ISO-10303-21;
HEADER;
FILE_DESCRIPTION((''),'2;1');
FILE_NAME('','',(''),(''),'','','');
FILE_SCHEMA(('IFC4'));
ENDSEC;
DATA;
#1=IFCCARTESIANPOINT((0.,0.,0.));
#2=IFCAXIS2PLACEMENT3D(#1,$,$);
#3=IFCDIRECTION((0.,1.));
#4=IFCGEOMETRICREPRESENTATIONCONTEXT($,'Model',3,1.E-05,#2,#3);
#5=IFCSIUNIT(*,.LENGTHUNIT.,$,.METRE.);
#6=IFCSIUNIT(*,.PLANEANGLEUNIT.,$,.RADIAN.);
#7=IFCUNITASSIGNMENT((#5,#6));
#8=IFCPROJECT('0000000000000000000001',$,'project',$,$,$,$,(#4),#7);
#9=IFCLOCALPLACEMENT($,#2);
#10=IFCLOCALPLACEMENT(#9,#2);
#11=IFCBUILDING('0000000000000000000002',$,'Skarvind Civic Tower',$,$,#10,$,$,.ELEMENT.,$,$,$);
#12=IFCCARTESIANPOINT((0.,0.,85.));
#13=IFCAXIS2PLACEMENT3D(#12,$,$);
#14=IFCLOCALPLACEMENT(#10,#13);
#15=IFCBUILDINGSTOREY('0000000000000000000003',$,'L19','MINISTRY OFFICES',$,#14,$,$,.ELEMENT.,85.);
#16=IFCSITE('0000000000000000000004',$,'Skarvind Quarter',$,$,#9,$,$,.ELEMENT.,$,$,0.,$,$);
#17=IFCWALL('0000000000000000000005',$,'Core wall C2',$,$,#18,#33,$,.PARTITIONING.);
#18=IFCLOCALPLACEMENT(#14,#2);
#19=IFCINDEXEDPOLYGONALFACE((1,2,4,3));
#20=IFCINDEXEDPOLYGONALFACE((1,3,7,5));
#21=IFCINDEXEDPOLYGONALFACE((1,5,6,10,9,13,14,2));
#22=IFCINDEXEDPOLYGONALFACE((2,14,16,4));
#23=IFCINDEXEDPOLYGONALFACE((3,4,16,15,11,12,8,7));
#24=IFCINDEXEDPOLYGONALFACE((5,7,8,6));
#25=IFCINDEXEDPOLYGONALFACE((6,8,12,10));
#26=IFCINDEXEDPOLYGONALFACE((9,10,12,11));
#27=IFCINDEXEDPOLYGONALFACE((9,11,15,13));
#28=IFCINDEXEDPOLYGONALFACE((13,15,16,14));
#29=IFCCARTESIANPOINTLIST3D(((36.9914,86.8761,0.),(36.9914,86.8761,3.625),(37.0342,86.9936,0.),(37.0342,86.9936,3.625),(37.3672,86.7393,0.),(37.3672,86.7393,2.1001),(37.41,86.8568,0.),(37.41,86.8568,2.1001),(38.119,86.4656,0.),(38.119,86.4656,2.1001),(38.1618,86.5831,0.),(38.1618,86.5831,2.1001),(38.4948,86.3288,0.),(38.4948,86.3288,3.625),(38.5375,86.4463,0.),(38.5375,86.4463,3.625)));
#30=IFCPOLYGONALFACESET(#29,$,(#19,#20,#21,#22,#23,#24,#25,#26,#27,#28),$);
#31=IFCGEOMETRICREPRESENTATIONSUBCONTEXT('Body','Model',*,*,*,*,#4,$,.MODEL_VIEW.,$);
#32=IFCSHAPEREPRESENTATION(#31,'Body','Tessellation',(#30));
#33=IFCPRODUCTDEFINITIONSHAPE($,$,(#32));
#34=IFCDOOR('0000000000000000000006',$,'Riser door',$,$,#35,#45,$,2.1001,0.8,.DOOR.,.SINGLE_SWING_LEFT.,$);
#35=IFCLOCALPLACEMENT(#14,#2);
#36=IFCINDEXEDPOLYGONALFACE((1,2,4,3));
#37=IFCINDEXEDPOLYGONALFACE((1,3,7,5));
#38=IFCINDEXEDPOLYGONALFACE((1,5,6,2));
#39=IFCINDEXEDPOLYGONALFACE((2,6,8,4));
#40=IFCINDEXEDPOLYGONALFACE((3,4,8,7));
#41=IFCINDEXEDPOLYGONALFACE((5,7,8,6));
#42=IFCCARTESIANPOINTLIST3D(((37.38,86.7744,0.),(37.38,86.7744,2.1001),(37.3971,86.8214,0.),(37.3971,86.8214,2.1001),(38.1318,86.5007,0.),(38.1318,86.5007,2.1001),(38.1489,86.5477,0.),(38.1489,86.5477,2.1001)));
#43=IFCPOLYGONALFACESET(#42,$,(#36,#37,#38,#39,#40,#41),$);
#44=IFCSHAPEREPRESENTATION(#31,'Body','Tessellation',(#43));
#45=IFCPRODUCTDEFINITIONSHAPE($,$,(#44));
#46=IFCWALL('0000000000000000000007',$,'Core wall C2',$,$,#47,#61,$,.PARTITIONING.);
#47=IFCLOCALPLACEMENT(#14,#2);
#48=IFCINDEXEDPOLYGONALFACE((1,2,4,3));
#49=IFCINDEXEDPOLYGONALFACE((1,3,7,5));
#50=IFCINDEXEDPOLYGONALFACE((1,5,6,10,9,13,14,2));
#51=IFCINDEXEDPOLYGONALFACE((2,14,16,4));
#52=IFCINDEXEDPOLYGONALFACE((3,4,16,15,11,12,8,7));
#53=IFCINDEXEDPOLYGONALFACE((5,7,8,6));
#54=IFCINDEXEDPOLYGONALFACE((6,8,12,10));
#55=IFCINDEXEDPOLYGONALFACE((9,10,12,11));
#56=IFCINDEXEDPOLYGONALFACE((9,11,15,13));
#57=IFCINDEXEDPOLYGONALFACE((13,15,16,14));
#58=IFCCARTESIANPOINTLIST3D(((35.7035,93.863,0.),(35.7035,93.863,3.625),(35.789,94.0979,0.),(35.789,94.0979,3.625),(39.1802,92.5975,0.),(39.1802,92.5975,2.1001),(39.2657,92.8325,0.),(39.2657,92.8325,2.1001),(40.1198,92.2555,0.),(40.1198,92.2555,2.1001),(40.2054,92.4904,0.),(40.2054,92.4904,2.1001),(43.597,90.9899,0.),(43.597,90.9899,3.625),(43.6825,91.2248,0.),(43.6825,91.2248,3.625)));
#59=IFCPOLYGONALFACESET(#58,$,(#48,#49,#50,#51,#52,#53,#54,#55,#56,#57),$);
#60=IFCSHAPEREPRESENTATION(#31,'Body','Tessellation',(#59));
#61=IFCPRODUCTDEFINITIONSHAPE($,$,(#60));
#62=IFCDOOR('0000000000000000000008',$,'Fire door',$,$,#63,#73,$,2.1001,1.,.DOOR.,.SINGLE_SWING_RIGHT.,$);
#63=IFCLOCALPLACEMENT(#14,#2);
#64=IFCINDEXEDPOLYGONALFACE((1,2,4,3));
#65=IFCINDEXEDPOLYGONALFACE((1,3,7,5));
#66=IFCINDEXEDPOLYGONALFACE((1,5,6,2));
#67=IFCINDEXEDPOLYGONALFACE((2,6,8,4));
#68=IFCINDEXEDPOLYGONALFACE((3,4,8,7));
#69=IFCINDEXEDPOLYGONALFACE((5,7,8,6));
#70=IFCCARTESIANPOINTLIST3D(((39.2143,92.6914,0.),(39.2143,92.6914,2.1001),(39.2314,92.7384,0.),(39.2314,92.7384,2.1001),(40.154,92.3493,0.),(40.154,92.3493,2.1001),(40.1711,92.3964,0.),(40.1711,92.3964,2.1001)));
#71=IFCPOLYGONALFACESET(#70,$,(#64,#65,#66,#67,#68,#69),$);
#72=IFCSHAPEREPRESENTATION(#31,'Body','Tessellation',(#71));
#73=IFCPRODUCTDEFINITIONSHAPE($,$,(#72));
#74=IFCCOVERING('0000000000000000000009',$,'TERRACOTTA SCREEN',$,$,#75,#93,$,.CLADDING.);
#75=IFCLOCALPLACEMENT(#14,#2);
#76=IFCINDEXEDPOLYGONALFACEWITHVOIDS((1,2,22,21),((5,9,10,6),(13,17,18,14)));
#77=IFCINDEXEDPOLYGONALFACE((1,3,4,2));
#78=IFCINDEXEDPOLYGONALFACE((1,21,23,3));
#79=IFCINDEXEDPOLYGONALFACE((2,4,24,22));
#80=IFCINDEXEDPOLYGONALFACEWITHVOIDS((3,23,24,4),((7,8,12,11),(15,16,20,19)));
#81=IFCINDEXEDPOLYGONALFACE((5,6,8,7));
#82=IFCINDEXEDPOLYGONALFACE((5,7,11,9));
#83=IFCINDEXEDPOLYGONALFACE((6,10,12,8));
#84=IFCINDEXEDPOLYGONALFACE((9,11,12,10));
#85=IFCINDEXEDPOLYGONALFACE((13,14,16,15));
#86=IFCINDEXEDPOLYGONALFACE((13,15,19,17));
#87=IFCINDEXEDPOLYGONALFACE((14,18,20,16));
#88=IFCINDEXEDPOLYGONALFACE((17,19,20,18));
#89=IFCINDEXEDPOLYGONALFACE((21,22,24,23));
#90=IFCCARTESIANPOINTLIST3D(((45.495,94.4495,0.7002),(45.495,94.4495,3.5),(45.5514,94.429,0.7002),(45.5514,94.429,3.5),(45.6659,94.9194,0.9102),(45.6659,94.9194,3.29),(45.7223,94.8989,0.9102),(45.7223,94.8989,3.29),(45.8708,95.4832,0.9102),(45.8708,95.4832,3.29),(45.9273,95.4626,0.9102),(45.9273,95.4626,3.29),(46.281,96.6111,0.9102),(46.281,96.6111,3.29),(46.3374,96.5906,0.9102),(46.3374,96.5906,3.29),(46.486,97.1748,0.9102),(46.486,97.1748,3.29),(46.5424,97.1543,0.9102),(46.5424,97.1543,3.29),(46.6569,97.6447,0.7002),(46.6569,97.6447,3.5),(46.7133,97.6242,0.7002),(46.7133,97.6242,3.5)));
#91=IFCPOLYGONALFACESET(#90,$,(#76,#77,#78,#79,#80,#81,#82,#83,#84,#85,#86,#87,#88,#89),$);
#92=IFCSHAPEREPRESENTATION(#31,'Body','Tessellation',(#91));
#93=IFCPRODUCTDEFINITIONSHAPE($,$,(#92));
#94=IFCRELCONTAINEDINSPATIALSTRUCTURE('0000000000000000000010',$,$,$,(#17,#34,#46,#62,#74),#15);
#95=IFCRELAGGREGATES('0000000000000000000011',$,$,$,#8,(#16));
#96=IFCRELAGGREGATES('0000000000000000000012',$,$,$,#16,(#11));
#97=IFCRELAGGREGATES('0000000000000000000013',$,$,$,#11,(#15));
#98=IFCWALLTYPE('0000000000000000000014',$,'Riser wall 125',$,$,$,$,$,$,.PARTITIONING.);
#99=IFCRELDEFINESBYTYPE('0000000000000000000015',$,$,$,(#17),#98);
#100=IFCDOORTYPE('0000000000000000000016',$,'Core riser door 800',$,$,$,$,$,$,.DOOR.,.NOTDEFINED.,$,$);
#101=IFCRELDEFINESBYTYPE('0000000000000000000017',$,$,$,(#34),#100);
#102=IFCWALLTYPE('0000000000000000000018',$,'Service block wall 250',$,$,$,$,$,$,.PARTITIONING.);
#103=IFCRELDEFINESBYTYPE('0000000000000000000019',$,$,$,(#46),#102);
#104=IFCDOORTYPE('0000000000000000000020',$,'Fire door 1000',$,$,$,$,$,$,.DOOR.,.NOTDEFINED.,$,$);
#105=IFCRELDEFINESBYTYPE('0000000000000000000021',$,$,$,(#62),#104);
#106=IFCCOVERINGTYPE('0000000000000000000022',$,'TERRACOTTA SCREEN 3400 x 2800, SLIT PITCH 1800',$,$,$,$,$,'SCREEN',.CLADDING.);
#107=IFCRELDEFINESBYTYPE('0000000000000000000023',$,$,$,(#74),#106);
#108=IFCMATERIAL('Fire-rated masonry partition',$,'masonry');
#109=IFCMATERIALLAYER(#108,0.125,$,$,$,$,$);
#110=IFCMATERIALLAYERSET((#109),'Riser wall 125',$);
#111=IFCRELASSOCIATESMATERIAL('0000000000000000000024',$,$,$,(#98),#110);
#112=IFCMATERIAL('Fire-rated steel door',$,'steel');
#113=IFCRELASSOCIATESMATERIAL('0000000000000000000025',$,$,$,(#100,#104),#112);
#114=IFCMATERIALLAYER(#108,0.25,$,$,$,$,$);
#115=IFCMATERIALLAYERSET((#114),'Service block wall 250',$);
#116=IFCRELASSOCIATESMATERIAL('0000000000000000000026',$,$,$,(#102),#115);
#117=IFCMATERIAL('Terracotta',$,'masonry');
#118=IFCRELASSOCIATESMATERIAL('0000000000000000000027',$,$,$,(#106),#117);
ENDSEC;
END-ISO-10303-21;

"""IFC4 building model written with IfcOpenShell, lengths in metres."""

from ifc_helpers import new_model, si_unit, direction, frame, frame_2d, origin, place, context, subcontext, project, spatial, polyline, rectangle, outline, extrude, material, layer, layer_set, material_profile, profile_set, type_object, element, fill, save


model = new_model("IFC4")

# Units and contexts
model_context = context("Model", 3, precision=1e-05, world=origin(), true_north=direction((0.0, 1.0)))
body_context = subcontext(model_context, "Body", "Model", "MODEL_VIEW")
ifc_project = project(units=[si_unit("LENGTHUNIT", "METRE"), si_unit("PLANEANGLEUNIT", "RADIAN")], contexts=[model_context])

# Site, building, storey
site_placement = place(None, origin())
site = spatial("IfcSite", under=ifc_project, at=site_placement, Name="Skarvind Quarter", CompositionType="ELEMENT", RefElevation=0.0)
building_placement = place(site_placement, origin())
building = spatial("IfcBuilding", under=site, at=building_placement, Name="Skarvind Civic Tower", CompositionType="ELEMENT")
storey_placement = place(building_placement, frame((0.0, 0.0, 85.0)))
storey = spatial("IfcBuildingStorey", under=building, at=storey_placement, Name="L19", Description="MINISTRY OFFICES", CompositionType="ELEMENT", Elevation=85.0)

# Shared definitions
ifc_material_1 = material(Name="Fire-rated masonry partition", Category="masonry")
ifc_material_2 = material(Name="Fire-rated steel door", Category="steel")

# Walls, openings, doors
ifc_layer_1 = layer(ifc_material_1, 0.125)
ifc_layer_set_1 = layer_set([ifc_layer_1], Name="Riser wall 125")
wall_type_1 = type_object("IfcWallType", Name="Riser wall 125", PredefinedType="PARTITIONING", material=ifc_layer_set_1)
wall_1_placement = place(storey_placement, frame((37.0129, 86.9348, 0.0), z_axis=(0.0, 0.0, 1.0), x_axis=(0.93966, -0.342111, 0.0)))
wall_1 = element("IfcWall", 1, at=wall_1_placement, inside=storey, type_object=wall_type_1, Name="Core wall C2", PredefinedType="PARTITIONING", context=body_context, shape_type="SweptSolid", body=[
    extrude(rectangle(XDim=1.5999, YDim=0.125, at=frame_2d((0.7998, 0.0))), origin(), (0.0, 0.0, 1.0), 3.625),
])
opening_1_placement = place(wall_1_placement, frame((0.3999, 0.0, 0.0)))
opening_1 = element("IfcOpeningElement", 2, at=opening_1_placement, cuts=wall_1, PredefinedType="OPENING", context=body_context, shape_type="SweptSolid", body=[
    extrude(rectangle(XDim=0.8, YDim=2.1001, at=frame_2d((0.3999, 1.05))), frame((0.0, 0.0725, 0.0), z_axis=(0.0, -1.0, 0.0), x_axis=(1.0, 0.0, 0.0)), (0.0, 0.0, 1.0), 0.145),
])
door_type_1 = type_object("IfcDoorType", Name="Core riser door 800", OperationType="NOTDEFINED", PredefinedType="DOOR", material=ifc_material_2)
door_1_placement = place(opening_1_placement, origin())
door_1 = element("IfcDoor", 3, at=door_1_placement, inside=storey, type_object=door_type_1, Name="Riser door", OperationType="SINGLE_SWING_LEFT", OverallHeight=2.1001, OverallWidth=0.8, PredefinedType="DOOR", context=body_context, shape_type="SweptSolid", body=[
    extrude(rectangle(XDim=0.8, YDim=2.1001, at=frame_2d((0.3999, 1.05))), frame((0.0, 0.0249, 0.0), z_axis=(0.0, -1.0, 0.0), x_axis=(1.0, 0.0, 0.0)), (0.0, 0.0, 1.0), 0.05),
])
fill(opening_1, door_1)
ifc_layer_2 = layer(ifc_material_1, 0.25)
ifc_layer_set_2 = layer_set([ifc_layer_2], Name="Service block wall 250")
wall_type_2 = type_object("IfcWallType", Name="Service block wall 250", PredefinedType="PARTITIONING", material=ifc_layer_set_2)
wall_2_placement = place(storey_placement, frame((35.7461, 93.9805, 0.0), z_axis=(0.0, 0.0, 1.0), x_axis=(0.939692, -0.342023, 0.0)))
wall_2 = element("IfcWall", 4, at=wall_2_placement, inside=storey, type_object=wall_type_2, Name="Core wall C2", PredefinedType="PARTITIONING", context=body_context, shape_type="SweptSolid", body=[
    extrude(rectangle(XDim=8.4001, YDim=0.25, at=frame_2d((4.2002, 0.0))), origin(), (0.0, 0.0, 1.0), 3.625),
])
opening_2_placement = place(wall_2_placement, frame((3.7, 0.0, 0.0)))
opening_2 = element("IfcOpeningElement", 5, at=opening_2_placement, cuts=wall_2, PredefinedType="OPENING", context=body_context, shape_type="SweptSolid", body=[
    extrude(rectangle(XDim=1.0, YDim=2.1001, at=frame_2d((0.5, 1.05))), frame((0.0, 0.135, 0.0), z_axis=(0.0, -1.0, 0.0), x_axis=(1.0, 0.0, 0.0)), (0.0, 0.0, 1.0), 0.27),
])
door_type_2 = type_object("IfcDoorType", Name="Fire door 1000", OperationType="NOTDEFINED", PredefinedType="DOOR", material=ifc_material_2)
door_2_placement = place(opening_2_placement, origin())
door_2 = element("IfcDoor", 6, at=door_2_placement, inside=storey, type_object=door_type_2, Name="Fire door", OperationType="SINGLE_SWING_RIGHT", OverallHeight=2.1001, OverallWidth=1.0, PredefinedType="DOOR", context=body_context, shape_type="SweptSolid", body=[
    extrude(rectangle(XDim=1.0, YDim=2.1001, at=frame_2d((0.5, 1.05))), frame((0.0, 0.0249, 0.0), z_axis=(0.0, -1.0, 0.0), x_axis=(1.0, 0.0, 0.0)), (0.0, 0.0, 1.0), 0.05),
])
fill(opening_2, door_2)

# Covering
ifc_material_3 = material(Name="Terracotta", Category="masonry")
ifc_material_profile_1 = material_profile(ifc_material_3, outline(polyline([(-1.7, -1.3999), (1.7, -1.3999), (1.7, 1.3999), (-1.7, 1.3999), (-1.7, -1.3999)]), holes=[polyline([(-1.2, -1.1899), (-0.6001, -1.1899), (-0.6001, 1.1899), (-1.2, 1.1899), (-1.2, -1.1899)]), polyline([(0.6001, -1.1899), (1.2, -1.1899), (1.2, 1.1899), (0.6001, 1.1899), (0.6001, -1.1899)])]), Name="TERRACOTTA SCREEN 3400 x 2800, SLIT PITCH 1800")
ifc_profile_set_1 = profile_set([ifc_material_profile_1], Name="Terracotta")
covering_type = type_object("IfcCoveringType", Name="TERRACOTTA SCREEN 3400 x 2800, SLIT PITCH 1800", ElementType="SCREEN", PredefinedType="CLADDING", material=ifc_profile_set_1)
covering_placement = place(storey_placement, frame((46.0759, 96.0471, 2.1001), z_axis=(0.939793, -0.341743, 0.0), x_axis=(0.341743, 0.939793, 0.0)))
element("IfcCovering", 7, at=covering_placement, inside=storey, type_object=covering_type, Name="TERRACOTTA SCREEN", PredefinedType="CLADDING", context=body_context, shape_type="SweptSolid", body=[
    extrude(outline(polyline([(-1.7, -1.3999), (1.7, -1.3999), (1.7, 1.3999), (-1.7, 1.3999), (-1.7, -1.3999)]), holes=[polyline([(-1.2, -1.1899), (-0.6001, -1.1899), (-0.6001, 1.1899), (-1.2, 1.1899), (-1.2, -1.1899)]), polyline([(0.6001, -1.1899), (1.2, -1.1899), (1.2, 1.1899), (0.6001, 1.1899), (0.6001, -1.1899)])]), origin(), (0.0, 0.0, 1.0), 0.0601),
])

save(model, "model.ifc")
